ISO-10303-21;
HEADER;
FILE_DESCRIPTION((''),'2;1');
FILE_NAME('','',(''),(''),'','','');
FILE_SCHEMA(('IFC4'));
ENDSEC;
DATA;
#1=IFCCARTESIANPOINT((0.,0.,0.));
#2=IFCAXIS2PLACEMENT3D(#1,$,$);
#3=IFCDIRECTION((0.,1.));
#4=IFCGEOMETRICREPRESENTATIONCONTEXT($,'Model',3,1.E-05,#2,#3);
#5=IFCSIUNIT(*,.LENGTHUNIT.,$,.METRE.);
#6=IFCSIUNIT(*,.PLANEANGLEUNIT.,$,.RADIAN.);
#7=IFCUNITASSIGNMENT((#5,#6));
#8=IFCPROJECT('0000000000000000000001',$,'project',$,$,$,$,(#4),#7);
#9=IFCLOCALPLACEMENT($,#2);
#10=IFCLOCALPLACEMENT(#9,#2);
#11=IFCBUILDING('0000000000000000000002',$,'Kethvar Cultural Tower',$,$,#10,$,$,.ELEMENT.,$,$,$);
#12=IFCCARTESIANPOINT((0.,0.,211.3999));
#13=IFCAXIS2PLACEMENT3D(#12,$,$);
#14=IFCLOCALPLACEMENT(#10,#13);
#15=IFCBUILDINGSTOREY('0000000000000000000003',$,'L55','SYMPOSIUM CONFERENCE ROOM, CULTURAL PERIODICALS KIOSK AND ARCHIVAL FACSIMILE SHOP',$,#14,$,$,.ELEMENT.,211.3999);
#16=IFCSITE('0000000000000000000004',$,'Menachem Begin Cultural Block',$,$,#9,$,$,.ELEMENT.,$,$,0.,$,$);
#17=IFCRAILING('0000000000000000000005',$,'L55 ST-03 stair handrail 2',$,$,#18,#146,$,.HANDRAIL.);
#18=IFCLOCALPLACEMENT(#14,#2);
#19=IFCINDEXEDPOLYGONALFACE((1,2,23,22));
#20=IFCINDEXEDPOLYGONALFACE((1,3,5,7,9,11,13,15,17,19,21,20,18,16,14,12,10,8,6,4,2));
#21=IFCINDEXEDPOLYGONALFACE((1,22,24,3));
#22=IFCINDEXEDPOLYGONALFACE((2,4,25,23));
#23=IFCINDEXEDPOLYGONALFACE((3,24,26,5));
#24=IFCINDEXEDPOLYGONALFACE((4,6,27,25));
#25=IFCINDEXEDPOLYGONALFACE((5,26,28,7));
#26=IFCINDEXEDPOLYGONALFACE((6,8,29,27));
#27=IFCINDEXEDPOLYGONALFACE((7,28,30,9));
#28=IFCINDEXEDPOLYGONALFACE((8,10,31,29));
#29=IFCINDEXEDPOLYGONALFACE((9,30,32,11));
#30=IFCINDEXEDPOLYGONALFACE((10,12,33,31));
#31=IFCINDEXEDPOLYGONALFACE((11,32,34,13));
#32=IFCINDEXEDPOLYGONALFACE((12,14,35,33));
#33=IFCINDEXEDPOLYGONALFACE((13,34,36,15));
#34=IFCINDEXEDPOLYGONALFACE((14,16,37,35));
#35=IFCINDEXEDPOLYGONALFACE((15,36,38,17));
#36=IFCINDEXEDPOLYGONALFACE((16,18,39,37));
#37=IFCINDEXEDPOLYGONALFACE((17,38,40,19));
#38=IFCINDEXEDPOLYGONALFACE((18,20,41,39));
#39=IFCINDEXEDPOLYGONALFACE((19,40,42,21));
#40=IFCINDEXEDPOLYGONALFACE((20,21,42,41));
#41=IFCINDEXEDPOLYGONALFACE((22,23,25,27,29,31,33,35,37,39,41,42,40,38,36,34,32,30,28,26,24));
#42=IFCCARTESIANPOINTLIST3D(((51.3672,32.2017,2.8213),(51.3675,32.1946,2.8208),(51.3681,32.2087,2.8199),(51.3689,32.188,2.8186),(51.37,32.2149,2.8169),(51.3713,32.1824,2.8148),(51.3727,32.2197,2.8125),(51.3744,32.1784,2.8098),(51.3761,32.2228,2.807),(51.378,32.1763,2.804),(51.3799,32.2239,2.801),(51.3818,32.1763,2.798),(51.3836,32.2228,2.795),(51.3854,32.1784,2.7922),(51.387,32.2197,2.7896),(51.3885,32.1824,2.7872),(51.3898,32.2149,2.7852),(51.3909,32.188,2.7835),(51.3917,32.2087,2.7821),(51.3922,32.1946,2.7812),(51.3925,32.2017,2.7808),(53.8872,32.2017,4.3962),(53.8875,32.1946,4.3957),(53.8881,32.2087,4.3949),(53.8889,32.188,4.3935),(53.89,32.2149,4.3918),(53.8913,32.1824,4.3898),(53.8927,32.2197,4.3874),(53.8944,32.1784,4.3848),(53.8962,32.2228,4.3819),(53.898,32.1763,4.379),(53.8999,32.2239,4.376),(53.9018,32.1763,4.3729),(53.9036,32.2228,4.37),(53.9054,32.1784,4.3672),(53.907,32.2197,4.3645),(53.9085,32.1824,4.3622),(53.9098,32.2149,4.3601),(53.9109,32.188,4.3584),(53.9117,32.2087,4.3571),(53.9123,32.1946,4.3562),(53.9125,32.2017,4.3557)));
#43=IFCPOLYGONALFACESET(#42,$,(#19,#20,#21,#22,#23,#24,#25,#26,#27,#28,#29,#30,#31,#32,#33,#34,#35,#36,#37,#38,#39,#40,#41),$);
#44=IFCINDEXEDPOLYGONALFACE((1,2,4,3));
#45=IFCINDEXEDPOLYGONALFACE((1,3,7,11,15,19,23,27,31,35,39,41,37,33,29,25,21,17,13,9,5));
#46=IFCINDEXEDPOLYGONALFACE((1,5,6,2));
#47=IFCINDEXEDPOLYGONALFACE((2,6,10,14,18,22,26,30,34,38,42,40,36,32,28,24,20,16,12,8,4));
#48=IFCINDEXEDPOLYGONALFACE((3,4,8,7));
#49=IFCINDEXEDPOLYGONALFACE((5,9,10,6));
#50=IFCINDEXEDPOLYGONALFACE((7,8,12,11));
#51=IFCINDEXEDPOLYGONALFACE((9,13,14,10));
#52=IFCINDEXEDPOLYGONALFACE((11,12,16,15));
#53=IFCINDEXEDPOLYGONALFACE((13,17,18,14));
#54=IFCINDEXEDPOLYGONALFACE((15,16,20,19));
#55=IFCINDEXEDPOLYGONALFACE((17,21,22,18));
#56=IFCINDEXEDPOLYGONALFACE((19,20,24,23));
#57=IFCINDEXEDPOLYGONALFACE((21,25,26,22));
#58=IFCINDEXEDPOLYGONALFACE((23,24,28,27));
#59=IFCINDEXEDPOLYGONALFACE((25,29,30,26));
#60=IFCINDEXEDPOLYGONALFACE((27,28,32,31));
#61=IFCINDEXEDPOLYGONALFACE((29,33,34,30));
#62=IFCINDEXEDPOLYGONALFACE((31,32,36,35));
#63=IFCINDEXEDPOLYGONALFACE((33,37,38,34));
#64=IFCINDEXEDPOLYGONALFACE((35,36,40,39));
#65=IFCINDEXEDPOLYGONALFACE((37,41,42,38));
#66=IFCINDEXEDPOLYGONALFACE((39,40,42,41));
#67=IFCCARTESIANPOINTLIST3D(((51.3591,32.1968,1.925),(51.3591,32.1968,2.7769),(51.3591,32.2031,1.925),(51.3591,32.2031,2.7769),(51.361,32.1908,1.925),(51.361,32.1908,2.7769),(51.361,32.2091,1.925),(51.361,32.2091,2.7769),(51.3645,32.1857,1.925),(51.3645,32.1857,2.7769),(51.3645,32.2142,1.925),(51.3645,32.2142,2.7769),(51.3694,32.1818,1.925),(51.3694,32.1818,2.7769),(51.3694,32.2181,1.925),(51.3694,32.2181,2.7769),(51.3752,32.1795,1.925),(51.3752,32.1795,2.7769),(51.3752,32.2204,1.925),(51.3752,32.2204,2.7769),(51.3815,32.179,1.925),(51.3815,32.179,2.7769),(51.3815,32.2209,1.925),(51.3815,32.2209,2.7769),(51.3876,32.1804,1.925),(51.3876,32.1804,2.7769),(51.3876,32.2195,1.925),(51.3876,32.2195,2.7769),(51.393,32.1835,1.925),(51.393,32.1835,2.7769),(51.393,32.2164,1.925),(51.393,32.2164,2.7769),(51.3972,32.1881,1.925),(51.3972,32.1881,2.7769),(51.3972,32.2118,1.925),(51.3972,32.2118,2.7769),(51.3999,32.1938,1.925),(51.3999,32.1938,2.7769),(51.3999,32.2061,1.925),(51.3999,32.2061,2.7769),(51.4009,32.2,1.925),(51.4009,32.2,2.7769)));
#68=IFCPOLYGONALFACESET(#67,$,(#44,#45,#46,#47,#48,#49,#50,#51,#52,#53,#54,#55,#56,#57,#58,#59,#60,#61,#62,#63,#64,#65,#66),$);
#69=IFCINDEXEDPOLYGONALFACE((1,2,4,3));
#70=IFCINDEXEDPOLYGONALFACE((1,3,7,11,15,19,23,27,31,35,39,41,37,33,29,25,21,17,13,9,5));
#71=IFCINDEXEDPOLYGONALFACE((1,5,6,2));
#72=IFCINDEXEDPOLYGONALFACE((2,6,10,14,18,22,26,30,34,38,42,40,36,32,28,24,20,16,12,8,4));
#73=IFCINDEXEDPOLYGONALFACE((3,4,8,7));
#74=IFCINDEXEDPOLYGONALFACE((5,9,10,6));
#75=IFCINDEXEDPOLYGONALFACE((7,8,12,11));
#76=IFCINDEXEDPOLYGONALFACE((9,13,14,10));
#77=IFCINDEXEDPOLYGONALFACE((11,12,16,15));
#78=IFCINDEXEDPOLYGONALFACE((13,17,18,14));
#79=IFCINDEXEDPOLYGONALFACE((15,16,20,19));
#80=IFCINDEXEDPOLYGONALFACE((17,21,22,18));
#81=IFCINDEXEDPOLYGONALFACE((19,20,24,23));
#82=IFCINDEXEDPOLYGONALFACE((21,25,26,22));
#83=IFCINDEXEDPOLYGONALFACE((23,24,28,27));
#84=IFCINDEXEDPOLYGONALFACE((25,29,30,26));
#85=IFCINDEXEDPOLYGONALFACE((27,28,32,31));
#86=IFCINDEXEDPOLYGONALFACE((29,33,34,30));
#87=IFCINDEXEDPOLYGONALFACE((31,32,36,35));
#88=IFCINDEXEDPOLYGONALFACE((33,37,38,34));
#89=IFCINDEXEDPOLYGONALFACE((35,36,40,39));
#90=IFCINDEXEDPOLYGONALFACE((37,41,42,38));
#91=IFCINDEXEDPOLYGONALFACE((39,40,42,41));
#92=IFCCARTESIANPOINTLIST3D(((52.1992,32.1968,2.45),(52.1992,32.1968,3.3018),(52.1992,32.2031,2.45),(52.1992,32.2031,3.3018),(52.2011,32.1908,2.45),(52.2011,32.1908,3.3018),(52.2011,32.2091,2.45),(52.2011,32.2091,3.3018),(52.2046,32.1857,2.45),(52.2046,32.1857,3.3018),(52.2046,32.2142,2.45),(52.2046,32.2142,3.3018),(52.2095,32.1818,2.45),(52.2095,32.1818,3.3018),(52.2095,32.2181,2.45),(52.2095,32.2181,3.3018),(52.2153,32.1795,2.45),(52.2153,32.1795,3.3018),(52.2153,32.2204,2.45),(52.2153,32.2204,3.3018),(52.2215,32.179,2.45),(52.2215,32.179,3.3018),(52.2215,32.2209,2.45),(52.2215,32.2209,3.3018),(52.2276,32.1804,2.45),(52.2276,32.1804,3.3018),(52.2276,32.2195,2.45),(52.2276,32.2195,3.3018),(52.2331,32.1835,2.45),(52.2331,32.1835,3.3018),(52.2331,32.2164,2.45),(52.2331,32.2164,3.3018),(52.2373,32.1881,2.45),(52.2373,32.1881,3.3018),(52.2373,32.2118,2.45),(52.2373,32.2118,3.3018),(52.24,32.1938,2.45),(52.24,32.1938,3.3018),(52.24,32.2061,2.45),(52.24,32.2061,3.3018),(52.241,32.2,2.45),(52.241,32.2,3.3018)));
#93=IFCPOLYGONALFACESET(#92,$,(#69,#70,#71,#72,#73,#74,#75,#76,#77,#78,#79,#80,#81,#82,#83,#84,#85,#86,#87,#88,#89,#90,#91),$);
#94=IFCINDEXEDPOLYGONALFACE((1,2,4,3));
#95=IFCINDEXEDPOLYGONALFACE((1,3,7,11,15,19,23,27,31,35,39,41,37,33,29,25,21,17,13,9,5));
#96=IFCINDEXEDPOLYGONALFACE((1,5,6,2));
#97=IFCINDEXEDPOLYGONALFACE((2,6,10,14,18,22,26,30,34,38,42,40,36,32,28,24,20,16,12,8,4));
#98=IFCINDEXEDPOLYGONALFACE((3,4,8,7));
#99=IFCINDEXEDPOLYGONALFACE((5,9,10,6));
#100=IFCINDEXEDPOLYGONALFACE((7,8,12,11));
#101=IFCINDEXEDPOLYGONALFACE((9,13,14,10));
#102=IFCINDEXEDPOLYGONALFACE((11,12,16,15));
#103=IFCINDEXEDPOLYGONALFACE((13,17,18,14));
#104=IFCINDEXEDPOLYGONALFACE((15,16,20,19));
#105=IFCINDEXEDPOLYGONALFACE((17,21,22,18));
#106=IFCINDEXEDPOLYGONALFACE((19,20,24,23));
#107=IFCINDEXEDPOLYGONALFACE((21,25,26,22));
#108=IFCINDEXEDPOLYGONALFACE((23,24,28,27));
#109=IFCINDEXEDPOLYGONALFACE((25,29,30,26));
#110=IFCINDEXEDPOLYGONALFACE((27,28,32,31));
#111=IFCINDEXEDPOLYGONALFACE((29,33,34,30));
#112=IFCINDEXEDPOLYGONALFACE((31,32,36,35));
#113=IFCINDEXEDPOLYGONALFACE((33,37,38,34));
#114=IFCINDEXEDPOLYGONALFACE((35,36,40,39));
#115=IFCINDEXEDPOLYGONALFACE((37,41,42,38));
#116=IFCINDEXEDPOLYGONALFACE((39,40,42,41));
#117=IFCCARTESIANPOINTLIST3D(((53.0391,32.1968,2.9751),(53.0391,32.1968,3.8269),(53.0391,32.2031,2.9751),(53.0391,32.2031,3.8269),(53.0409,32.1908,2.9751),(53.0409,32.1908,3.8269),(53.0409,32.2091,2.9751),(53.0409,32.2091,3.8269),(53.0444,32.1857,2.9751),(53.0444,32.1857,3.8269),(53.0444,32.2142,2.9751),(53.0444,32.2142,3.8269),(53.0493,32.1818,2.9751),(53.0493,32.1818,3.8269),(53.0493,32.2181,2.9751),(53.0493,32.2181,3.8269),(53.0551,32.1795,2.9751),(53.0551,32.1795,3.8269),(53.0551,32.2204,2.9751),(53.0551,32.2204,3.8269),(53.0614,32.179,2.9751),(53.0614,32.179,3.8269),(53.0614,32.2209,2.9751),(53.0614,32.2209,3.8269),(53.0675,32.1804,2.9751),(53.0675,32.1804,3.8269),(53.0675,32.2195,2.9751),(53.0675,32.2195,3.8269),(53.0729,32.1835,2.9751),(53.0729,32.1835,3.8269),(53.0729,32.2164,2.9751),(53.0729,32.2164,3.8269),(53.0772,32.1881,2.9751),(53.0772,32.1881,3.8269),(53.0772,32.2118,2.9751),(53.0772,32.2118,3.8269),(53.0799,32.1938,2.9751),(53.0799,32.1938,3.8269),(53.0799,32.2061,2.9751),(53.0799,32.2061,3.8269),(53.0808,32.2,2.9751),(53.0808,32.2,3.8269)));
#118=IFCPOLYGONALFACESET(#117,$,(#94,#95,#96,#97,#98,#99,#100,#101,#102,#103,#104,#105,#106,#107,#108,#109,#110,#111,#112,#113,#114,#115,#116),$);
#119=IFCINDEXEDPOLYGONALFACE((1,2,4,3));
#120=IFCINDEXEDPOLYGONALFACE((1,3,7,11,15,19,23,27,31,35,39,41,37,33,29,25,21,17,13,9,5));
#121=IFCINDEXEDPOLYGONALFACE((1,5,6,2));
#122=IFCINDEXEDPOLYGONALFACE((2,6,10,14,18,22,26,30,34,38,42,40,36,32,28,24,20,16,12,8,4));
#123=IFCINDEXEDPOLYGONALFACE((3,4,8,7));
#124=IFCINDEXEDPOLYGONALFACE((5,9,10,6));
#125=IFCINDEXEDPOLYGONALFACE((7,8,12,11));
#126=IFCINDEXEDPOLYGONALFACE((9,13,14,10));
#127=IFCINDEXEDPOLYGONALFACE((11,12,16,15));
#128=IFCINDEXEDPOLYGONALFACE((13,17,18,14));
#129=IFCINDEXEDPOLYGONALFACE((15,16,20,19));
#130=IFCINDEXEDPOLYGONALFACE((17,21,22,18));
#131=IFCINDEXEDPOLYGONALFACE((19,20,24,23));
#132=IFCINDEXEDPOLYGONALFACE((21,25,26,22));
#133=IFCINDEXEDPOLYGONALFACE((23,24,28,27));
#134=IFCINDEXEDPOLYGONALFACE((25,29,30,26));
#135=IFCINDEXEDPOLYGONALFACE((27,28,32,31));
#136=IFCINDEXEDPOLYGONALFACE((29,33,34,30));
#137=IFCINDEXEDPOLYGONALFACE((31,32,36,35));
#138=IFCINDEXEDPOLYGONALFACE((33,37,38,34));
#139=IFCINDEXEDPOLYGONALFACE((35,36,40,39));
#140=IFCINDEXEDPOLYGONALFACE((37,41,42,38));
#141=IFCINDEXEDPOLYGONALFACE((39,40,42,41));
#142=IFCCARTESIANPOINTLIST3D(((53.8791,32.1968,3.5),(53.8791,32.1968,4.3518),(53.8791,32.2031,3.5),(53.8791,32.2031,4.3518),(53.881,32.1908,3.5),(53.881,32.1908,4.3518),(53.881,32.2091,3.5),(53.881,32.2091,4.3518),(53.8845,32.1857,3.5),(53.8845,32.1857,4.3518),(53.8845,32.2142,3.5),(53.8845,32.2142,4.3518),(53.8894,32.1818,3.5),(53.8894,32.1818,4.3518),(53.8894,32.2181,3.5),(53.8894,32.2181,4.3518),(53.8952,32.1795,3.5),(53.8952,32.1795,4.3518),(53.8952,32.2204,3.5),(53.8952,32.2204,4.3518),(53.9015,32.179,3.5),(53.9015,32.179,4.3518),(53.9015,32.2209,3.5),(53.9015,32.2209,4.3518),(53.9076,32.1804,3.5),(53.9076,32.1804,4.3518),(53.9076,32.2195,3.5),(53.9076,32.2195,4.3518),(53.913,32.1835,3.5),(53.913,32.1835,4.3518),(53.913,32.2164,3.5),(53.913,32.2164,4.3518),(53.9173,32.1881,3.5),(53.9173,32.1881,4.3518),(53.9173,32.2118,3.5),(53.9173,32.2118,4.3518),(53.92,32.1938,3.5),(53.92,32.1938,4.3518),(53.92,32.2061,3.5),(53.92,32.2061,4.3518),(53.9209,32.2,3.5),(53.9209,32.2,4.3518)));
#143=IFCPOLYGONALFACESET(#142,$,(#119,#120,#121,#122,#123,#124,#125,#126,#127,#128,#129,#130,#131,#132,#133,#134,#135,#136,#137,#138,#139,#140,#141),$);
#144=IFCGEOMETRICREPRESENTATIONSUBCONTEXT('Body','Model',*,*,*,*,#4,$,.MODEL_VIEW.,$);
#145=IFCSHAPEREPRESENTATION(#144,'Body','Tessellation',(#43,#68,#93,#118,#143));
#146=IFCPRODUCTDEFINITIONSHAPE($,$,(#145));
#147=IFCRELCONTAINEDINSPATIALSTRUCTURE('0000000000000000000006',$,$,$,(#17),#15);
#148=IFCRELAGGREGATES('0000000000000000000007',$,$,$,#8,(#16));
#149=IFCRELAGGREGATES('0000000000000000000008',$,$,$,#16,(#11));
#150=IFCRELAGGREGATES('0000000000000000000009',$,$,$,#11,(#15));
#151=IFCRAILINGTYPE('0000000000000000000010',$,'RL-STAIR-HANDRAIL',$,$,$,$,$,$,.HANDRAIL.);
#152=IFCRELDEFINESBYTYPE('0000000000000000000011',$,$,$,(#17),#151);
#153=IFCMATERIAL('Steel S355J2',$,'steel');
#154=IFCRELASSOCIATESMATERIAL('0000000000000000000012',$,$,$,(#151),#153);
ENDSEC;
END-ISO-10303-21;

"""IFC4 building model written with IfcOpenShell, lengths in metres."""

from ifc_helpers import new_model, si_unit, direction, frame, origin, origin_2d, place, context, subcontext, project, spatial, circle, extrude, material, type_object, element, save


model = new_model("IFC4")

# Units and contexts
model_context = context("Model", 3, precision=1e-05, world=origin(), true_north=direction((0.0, 1.0)))
body_context = subcontext(model_context, "Body", "Model", "MODEL_VIEW")
ifc_project = project(units=[si_unit("LENGTHUNIT", "METRE"), si_unit("PLANEANGLEUNIT", "RADIAN")], contexts=[model_context])

# Site, building, storey
site_placement = place(None, origin())
site = spatial("IfcSite", under=ifc_project, at=site_placement, Name="Menachem Begin Cultural Block", CompositionType="ELEMENT", RefElevation=0.0)
building_placement = place(site_placement, origin())
building = spatial("IfcBuilding", under=site, at=building_placement, Name="Kethvar Cultural Tower", CompositionType="ELEMENT")
storey_placement = place(building_placement, frame((0.0, 0.0, 211.3999)))
storey = spatial("IfcBuildingStorey", under=building, at=storey_placement, Name="L55", Description="SYMPOSIUM CONFERENCE ROOM, CULTURAL PERIODICALS KIOSK AND ARCHIVAL FACSIMILE SHOP", CompositionType="ELEMENT", Elevation=211.3999)

# Shared definitions
ifc_material_1 = material(Name="Steel S355J2", Category="steel")

# Railing
railing_type_1 = type_object("IfcRailingType", Name="RL-STAIR-HANDRAIL", PredefinedType="HANDRAIL", material=ifc_material_1)
railing_1_placement = place(storey_placement, frame((51.3799, 32.2, 1.925)))
element("IfcRailing", 1, at=railing_1_placement, inside=storey, type_object=railing_type_1, Name="L55 ST-03 stair handrail 2", PredefinedType="HANDRAIL", context=body_context, shape_type="SweptSolid", body=[
    extrude(circle(Radius=0.0239, at=origin_2d()), frame((0.0, 0.0, 0.876), z_axis=(0.848008, 0.0, 0.529984), x_axis=(0.0, 1.0, 0.0)), (0.0, 0.0, 1.0), 2.9717),
    extrude(circle(Radius=0.021, at=origin_2d()), origin(), (0.0, 0.0, 1.0), 0.8518),
    extrude(circle(Radius=0.021, at=origin_2d()), frame((0.8401, 0.0, 0.5249)), (0.0, 0.0, 1.0), 0.8518),
    extrude(circle(Radius=0.021, at=origin_2d()), frame((1.6799, 0.0, 1.05)), (0.0, 0.0, 1.0), 0.8518),
    extrude(circle(Radius=0.021, at=origin_2d()), frame((2.52, 0.0, 1.575)), (0.0, 0.0, 1.0), 0.8518),
])

save(model, "model.ifc")
